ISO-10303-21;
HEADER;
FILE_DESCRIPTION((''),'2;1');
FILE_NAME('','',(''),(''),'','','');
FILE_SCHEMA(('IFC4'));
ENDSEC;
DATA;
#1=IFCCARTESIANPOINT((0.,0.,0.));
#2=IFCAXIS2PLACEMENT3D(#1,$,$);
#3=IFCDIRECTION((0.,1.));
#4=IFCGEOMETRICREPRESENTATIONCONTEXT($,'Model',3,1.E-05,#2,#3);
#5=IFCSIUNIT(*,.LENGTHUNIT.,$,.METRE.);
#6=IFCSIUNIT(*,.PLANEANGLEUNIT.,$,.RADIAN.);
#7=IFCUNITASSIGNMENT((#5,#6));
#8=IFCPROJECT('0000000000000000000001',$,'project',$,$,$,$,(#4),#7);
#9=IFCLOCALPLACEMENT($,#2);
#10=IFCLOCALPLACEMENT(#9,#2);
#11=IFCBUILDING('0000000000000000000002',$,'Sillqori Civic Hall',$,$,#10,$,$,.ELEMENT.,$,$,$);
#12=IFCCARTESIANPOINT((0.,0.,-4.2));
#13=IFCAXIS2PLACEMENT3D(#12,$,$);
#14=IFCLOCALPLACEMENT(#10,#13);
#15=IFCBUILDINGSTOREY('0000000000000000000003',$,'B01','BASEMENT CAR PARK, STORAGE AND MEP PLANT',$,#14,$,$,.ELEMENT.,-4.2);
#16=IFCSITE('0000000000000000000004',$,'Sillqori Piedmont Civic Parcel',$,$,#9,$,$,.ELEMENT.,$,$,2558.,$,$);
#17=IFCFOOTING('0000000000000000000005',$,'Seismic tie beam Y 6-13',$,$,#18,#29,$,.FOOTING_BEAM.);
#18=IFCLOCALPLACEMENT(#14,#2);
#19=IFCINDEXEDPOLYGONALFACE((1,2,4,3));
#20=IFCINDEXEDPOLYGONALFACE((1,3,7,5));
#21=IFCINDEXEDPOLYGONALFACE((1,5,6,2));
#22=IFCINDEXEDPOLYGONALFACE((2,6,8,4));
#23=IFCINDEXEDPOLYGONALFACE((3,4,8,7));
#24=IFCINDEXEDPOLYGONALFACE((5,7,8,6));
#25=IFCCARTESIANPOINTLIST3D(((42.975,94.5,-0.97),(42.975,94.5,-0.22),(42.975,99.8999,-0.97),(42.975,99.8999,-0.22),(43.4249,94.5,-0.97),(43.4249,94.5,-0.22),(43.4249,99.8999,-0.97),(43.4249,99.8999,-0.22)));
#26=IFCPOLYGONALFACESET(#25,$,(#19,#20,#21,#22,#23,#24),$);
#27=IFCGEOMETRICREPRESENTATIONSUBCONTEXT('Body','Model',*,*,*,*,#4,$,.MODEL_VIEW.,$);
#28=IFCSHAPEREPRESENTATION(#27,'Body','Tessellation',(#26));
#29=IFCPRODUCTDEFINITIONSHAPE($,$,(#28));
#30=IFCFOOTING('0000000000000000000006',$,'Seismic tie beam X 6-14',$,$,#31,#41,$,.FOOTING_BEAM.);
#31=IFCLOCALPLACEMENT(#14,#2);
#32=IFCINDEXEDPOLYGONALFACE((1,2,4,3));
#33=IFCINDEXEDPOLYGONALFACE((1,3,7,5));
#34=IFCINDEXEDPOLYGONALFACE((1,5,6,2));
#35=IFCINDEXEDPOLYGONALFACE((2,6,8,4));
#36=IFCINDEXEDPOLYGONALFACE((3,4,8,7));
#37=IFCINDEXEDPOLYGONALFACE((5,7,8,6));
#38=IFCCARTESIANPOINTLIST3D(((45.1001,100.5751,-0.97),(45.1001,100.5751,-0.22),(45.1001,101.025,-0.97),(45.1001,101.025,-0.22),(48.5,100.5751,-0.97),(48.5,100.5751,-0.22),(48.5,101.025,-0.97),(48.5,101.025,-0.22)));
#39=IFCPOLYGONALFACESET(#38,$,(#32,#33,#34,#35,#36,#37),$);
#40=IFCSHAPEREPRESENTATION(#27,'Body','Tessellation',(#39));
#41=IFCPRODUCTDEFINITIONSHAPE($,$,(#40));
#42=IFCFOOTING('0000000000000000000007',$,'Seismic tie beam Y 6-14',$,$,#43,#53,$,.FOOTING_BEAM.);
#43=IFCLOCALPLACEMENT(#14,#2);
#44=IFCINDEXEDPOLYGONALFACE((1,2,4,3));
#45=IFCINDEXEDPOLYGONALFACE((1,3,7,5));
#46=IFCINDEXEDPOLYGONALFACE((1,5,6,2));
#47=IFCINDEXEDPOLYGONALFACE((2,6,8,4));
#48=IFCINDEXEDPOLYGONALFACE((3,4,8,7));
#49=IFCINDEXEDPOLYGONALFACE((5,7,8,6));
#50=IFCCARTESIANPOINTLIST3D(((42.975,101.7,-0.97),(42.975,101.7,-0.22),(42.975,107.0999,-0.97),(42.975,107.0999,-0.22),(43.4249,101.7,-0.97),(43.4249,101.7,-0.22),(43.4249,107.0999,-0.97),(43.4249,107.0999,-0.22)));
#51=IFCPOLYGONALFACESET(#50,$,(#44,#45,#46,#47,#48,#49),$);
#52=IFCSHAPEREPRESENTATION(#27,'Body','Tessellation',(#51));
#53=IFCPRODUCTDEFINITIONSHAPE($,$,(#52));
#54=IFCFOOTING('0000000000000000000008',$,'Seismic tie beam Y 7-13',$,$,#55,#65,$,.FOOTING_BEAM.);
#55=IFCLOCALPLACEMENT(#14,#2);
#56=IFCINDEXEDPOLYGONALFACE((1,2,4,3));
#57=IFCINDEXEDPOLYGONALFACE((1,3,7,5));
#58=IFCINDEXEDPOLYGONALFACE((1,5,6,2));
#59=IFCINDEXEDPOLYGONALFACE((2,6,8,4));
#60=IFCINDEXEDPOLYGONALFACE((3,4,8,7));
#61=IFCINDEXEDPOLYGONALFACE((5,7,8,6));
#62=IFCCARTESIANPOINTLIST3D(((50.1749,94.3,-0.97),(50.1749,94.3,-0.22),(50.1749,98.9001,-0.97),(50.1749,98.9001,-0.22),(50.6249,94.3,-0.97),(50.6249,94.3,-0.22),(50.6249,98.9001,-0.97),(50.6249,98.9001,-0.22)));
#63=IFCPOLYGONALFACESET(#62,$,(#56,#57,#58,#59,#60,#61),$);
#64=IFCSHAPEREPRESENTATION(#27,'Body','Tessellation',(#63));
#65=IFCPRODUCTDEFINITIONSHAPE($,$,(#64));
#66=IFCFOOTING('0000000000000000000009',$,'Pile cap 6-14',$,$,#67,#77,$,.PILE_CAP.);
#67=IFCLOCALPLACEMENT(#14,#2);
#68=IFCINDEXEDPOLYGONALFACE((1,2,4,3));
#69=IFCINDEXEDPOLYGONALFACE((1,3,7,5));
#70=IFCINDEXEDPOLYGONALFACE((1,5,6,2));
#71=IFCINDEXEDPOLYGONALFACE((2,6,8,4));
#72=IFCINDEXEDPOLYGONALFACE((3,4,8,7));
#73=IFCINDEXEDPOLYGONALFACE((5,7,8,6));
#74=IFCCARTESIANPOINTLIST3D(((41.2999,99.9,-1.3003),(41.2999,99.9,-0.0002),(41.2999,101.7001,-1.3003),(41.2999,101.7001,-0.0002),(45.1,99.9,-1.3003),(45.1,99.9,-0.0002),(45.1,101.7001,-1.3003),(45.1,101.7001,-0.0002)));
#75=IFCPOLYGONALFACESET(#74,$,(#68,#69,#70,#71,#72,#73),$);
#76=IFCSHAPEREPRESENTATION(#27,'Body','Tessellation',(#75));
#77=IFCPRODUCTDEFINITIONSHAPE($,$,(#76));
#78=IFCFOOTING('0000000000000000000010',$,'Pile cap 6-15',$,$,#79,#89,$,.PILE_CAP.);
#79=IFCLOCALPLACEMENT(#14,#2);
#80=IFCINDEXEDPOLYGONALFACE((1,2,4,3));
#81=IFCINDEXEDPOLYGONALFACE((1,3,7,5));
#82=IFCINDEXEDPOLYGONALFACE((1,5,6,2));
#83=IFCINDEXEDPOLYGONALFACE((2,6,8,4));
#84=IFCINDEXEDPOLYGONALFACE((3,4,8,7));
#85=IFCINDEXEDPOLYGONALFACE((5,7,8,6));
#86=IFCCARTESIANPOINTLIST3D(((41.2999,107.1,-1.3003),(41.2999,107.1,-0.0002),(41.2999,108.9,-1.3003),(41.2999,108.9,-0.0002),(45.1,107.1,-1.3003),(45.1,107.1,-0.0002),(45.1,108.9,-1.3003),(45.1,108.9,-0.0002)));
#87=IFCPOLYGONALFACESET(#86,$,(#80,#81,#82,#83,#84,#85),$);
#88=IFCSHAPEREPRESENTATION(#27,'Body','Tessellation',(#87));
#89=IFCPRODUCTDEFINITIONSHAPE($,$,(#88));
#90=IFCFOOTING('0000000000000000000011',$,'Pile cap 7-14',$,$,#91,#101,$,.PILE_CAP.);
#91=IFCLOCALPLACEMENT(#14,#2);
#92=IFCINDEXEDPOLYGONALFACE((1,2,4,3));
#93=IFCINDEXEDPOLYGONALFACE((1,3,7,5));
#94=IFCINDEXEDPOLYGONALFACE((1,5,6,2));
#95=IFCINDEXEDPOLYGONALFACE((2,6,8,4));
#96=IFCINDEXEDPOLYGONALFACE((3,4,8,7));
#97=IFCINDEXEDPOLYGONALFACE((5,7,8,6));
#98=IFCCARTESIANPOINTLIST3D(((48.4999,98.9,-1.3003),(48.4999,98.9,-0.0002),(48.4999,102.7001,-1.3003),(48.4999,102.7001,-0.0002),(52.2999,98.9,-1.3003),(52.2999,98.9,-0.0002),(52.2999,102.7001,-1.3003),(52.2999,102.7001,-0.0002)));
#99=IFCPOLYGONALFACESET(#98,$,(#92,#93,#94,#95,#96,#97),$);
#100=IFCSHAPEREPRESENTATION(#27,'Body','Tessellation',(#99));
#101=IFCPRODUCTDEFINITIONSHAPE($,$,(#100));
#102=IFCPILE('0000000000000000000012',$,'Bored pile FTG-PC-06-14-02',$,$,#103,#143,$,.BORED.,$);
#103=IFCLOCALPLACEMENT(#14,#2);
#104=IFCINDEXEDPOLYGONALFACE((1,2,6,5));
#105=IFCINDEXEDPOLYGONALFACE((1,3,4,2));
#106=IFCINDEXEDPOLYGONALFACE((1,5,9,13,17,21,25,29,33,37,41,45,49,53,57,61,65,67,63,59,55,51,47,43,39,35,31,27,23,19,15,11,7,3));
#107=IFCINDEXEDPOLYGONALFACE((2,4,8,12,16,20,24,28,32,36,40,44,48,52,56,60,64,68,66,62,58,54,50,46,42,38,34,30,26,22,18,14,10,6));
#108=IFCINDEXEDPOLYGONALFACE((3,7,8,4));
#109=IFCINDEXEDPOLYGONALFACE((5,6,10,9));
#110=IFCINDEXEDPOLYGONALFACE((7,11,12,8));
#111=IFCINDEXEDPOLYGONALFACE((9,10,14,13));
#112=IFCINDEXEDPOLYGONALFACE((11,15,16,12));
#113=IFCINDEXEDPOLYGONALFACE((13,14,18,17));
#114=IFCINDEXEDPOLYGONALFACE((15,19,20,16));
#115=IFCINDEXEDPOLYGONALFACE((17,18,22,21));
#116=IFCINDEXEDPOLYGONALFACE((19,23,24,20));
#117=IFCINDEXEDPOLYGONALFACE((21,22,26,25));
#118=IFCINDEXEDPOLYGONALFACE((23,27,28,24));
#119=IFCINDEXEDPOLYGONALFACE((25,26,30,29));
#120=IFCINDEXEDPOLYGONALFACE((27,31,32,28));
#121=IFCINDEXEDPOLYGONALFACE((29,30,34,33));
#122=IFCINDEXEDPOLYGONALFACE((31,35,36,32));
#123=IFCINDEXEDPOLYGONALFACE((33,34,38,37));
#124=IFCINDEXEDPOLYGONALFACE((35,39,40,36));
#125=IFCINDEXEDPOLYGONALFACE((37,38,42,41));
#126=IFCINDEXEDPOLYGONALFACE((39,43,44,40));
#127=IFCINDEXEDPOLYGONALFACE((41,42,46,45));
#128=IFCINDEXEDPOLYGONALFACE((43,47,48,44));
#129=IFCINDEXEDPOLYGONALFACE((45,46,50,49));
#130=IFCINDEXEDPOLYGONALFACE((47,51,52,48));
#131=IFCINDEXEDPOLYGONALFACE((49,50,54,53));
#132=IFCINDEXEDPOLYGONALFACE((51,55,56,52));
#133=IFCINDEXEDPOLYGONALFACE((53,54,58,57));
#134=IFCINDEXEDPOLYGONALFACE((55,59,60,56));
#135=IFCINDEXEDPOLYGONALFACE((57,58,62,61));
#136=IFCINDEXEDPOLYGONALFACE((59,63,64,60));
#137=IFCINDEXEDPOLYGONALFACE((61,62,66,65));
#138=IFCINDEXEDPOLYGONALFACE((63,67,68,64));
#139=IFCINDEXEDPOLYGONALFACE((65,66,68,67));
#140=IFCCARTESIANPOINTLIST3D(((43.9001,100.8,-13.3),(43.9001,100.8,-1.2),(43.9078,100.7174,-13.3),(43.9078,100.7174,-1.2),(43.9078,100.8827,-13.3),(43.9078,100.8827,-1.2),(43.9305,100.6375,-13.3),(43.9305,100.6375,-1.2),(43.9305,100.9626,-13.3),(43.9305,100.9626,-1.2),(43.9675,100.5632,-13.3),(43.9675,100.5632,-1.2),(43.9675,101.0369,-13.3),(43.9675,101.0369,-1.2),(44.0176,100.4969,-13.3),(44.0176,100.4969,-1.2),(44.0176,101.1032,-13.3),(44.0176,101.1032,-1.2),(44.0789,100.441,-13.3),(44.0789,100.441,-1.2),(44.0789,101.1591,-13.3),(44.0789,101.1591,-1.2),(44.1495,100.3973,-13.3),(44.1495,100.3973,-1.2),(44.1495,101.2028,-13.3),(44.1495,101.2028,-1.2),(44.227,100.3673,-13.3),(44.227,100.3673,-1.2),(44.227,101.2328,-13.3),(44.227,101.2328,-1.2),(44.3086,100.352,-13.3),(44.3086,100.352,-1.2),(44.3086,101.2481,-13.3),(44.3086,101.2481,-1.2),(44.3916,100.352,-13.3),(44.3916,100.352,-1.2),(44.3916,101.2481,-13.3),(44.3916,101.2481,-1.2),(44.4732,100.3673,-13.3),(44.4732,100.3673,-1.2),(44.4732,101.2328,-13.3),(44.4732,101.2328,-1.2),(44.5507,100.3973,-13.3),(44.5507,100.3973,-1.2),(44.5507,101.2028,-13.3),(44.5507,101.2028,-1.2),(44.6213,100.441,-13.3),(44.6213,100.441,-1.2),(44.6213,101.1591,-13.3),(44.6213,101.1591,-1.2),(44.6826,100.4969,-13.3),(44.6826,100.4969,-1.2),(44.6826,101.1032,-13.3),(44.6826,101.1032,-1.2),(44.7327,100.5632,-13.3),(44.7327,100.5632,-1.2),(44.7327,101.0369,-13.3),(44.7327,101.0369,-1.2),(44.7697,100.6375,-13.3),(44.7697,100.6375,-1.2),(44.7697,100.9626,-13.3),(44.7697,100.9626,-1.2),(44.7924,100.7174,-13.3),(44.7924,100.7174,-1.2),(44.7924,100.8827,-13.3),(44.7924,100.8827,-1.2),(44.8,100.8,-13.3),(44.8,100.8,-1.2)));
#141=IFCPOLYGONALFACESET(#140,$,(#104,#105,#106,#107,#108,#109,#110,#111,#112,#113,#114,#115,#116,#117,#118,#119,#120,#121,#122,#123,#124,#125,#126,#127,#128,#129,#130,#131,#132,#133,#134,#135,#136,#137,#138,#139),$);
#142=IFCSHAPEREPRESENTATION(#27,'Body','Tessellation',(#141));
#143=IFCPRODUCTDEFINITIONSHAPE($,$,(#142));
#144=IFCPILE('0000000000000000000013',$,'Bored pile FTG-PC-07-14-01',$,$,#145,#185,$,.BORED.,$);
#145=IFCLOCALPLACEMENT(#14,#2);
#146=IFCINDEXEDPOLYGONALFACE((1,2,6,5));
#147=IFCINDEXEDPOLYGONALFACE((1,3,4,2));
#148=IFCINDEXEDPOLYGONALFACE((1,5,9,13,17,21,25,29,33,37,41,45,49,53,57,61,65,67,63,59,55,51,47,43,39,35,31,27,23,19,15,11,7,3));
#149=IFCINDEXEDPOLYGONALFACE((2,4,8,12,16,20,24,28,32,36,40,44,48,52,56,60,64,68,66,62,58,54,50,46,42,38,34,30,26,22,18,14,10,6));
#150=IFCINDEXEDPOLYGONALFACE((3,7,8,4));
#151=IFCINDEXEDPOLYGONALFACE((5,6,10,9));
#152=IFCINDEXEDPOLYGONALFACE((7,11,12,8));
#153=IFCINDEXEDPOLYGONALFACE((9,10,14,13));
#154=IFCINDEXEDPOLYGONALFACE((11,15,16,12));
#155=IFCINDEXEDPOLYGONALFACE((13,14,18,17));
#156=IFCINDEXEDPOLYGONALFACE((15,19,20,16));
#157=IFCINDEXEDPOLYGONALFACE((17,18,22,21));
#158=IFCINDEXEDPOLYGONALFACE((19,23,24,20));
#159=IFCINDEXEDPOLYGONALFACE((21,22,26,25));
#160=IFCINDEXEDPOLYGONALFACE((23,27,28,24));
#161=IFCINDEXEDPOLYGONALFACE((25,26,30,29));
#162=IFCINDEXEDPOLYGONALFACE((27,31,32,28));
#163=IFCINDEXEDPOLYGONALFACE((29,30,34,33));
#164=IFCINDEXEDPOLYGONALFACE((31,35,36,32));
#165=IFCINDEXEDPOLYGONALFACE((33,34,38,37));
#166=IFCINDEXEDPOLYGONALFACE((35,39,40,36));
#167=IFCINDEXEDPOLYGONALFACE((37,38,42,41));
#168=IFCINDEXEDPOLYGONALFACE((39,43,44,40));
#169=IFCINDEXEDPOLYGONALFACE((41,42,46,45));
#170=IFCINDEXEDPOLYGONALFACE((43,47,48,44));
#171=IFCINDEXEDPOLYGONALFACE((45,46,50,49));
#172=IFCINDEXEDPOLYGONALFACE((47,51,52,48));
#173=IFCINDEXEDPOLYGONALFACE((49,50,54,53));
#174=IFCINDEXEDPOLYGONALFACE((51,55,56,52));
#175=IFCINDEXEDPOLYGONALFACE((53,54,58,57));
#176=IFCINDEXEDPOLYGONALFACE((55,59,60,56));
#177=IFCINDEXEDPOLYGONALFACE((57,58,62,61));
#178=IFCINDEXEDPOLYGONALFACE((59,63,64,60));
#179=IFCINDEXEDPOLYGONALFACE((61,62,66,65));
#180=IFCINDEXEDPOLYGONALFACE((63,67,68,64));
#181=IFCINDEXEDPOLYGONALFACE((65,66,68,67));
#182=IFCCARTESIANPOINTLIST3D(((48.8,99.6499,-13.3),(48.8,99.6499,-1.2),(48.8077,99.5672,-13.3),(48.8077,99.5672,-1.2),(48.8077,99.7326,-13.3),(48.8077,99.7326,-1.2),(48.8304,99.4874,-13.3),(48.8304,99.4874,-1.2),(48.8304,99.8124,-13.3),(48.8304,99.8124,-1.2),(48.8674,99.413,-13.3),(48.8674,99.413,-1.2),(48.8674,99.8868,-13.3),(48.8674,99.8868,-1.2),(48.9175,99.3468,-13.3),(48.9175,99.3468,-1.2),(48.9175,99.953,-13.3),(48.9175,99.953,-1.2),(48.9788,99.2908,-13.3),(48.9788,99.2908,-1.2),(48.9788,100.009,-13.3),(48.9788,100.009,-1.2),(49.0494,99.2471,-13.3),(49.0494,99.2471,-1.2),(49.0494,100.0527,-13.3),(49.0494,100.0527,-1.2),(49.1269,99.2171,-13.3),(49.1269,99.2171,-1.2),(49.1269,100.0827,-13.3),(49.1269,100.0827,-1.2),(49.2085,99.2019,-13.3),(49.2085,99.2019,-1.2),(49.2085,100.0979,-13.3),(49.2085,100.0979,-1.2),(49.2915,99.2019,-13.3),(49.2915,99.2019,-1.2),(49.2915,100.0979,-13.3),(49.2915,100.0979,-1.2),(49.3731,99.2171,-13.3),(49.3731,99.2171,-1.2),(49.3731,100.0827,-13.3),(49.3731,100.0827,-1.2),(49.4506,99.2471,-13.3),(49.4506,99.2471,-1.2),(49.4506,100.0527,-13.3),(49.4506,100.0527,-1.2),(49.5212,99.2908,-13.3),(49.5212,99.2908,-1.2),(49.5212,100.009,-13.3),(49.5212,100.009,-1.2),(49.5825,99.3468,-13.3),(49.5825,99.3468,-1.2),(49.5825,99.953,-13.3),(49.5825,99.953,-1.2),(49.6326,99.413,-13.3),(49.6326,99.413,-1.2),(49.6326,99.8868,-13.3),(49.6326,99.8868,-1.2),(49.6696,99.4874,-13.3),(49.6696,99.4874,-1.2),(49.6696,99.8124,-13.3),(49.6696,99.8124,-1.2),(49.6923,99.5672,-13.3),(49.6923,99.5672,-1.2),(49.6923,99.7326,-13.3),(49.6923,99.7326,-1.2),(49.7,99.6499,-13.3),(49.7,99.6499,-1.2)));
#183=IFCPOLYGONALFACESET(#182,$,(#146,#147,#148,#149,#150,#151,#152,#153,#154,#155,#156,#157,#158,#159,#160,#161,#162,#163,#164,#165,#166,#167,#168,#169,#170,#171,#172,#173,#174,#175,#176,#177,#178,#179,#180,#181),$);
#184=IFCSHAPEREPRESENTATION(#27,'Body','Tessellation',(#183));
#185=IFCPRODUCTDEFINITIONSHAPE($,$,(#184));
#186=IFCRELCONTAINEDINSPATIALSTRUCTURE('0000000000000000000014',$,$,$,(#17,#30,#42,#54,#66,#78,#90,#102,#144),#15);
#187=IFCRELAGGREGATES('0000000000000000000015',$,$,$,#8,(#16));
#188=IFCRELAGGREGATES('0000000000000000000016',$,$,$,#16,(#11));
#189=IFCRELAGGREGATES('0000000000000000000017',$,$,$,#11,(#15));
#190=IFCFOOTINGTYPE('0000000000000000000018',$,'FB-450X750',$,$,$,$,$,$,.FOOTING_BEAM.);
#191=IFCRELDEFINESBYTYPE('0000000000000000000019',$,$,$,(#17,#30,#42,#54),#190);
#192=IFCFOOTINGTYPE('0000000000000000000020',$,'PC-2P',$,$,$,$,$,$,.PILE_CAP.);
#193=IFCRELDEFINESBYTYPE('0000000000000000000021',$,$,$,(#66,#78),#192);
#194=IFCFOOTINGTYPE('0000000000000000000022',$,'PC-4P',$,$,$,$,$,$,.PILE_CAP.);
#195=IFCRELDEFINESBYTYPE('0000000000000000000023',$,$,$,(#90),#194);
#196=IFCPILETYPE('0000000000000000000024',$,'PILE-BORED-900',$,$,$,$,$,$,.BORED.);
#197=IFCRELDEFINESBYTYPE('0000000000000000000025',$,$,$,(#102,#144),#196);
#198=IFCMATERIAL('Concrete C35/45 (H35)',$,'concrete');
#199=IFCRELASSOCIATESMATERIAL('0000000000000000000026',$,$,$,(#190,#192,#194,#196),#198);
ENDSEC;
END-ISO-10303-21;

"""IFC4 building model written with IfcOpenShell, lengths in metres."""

from ifc_helpers import new_model, si_unit, direction, frame, origin, origin_2d, place, context, subcontext, project, spatial, rectangle, circle, extrude, material, material_profile, profile_set, type_object, element, save


model = new_model("IFC4")

# Units and contexts
model_context = context("Model", 3, precision=1e-05, world=origin(), true_north=direction((0.0, 1.0)))
body_context = subcontext(model_context, "Body", "Model", "MODEL_VIEW")
ifc_project = project(units=[si_unit("LENGTHUNIT", "METRE"), si_unit("PLANEANGLEUNIT", "RADIAN")], contexts=[model_context])

# Site, building, storey
site_placement = place(None, origin())
site = spatial("IfcSite", under=ifc_project, at=site_placement, Name="Sillqori Piedmont Civic Parcel", CompositionType="ELEMENT", RefElevation=2558.0)
building_placement = place(site_placement, origin())
building = spatial("IfcBuilding", under=site, at=building_placement, Name="Sillqori Civic Hall", CompositionType="ELEMENT")
storey_placement = place(building_placement, frame((0.0, 0.0, -4.2)))
storey = spatial("IfcBuildingStorey", under=building, at=storey_placement, Name="B01", Description="BASEMENT CAR PARK, STORAGE AND MEP PLANT", CompositionType="ELEMENT", Elevation=-4.2)

# Footings
ifc_material_1 = material(Name="Concrete C35/45 (H35)", Category="concrete")
footing_type_1 = type_object("IfcFootingType", Name="FB-450X750", PredefinedType="FOOTING_BEAM", material=ifc_material_1)
footing_1_placement = place(storey_placement, frame((43.2, 97.2, -0.97), z_axis=(0.0, 0.0, 1.0), x_axis=(1.0, 0.0, 0.0)))
element("IfcFooting", 1, at=footing_1_placement, inside=storey, type_object=footing_type_1, Name="Seismic tie beam Y 6-13", PredefinedType="FOOTING_BEAM", context=body_context, shape_type="SweptSolid", body=[
    extrude(rectangle(XDim=0.45, YDim=5.3999, at=origin_2d()), origin(), (0.0, 0.0, 1.0), 0.75),
])
footing_2_placement = place(storey_placement, frame((46.8, 100.8, -0.97), z_axis=(0.0, 0.0, 1.0), x_axis=(1.0, 0.0, 0.0)))
element("IfcFooting", 2, at=footing_2_placement, inside=storey, type_object=footing_type_1, Name="Seismic tie beam X 6-14", PredefinedType="FOOTING_BEAM", context=body_context, shape_type="SweptSolid", body=[
    extrude(rectangle(XDim=3.3999, YDim=0.45, at=origin_2d()), origin(), (0.0, 0.0, 1.0), 0.75),
])
footing_3_placement = place(storey_placement, frame((43.2, 104.3999, -0.97), z_axis=(0.0, 0.0, 1.0), x_axis=(1.0, 0.0, 0.0)))
element("IfcFooting", 3, at=footing_3_placement, inside=storey, type_object=footing_type_1, Name="Seismic tie beam Y 6-14", PredefinedType="FOOTING_BEAM", context=body_context, shape_type="SweptSolid", body=[
    extrude(rectangle(XDim=0.45, YDim=5.3999, at=origin_2d()), origin(), (0.0, 0.0, 1.0), 0.75),
])
footing_4_placement = place(storey_placement, frame((50.3999, 96.6001, -0.97), z_axis=(0.0, 0.0, 1.0), x_axis=(1.0, 0.0, 0.0)))
element("IfcFooting", 4, at=footing_4_placement, inside=storey, type_object=footing_type_1, Name="Seismic tie beam Y 7-13", PredefinedType="FOOTING_BEAM", context=body_context, shape_type="SweptSolid", body=[
    extrude(rectangle(XDim=0.45, YDim=4.6001, at=origin_2d()), origin(), (0.0, 0.0, 1.0), 0.75),
])
footing_type_2 = type_object("IfcFootingType", Name="PC-2P", PredefinedType="PILE_CAP", material=ifc_material_1)
for number, where, z_axis, x_axis, name in (
    (5, (43.2, 100.8, -1.3003), (0.0, 0.0, 1.0), (1.0, 0.0, 0.0), "Pile cap 6-14"),
    (6, (43.2, 108.0, -1.3003), (0.0, 0.0, 1.0), (1.0, 0.0, 0.0), "Pile cap 6-15"),
):
    element("IfcFooting", number, at=place(storey_placement, frame(where, z_axis=z_axis, x_axis=x_axis)), inside=storey, type_object=footing_type_2, Name=name, PredefinedType="PILE_CAP", context=body_context, shape_type="SweptSolid", body=[
        extrude(rectangle(XDim=3.8, YDim=1.8, at=origin_2d()), origin(), (0.0, 0.0, 1.0), 1.3),
    ])
footing_type_3 = type_object("IfcFootingType", Name="PC-4P", PredefinedType="PILE_CAP", material=ifc_material_1)
footing_5_placement = place(storey_placement, frame((50.3999, 100.8, -1.3003), z_axis=(0.0, 0.0, 1.0), x_axis=(1.0, 0.0, 0.0)))
element("IfcFooting", 7, at=footing_5_placement, inside=storey, type_object=footing_type_3, Name="Pile cap 7-14", PredefinedType="PILE_CAP", context=body_context, shape_type="SweptSolid", body=[
    extrude(rectangle(XDim=3.8, YDim=3.8, at=origin_2d()), origin(), (0.0, 0.0, 1.0), 1.3),
])

# Piles
ifc_material_profile_1 = material_profile(ifc_material_1, circle(Radius=0.45, at=origin_2d()), Name="BORED PILE 900")
ifc_profile_set_1 = profile_set([ifc_material_profile_1], Name="Concrete C35/45 (H35)")
pile_type = type_object("IfcPileType", Name="PILE-BORED-900", PredefinedType="BORED", material=ifc_profile_set_1)
for number, where, z_axis, x_axis, name in (
    (8, (44.3501, 100.8, -1.2), (0.0, 0.0, -1.0), (1.0, 0.0, 0.0), "Bored pile FTG-PC-06-14-02"),
    (9, (49.25, 99.6499, -1.2), (0.0, 0.0, -1.0), (1.0, 0.0, 0.0), "Bored pile FTG-PC-07-14-01"),
):
    element("IfcPile", number, at=place(storey_placement, frame(where, z_axis=z_axis, x_axis=x_axis)), inside=storey, type_object=pile_type, Name=name, PredefinedType="BORED", context=body_context, shape_type="SweptSolid", body=[
        extrude(circle(Radius=0.45, at=origin_2d()), origin(), (0.0, 0.0, 1.0), 12.1001),
    ])

save(model, "model.ifc")
